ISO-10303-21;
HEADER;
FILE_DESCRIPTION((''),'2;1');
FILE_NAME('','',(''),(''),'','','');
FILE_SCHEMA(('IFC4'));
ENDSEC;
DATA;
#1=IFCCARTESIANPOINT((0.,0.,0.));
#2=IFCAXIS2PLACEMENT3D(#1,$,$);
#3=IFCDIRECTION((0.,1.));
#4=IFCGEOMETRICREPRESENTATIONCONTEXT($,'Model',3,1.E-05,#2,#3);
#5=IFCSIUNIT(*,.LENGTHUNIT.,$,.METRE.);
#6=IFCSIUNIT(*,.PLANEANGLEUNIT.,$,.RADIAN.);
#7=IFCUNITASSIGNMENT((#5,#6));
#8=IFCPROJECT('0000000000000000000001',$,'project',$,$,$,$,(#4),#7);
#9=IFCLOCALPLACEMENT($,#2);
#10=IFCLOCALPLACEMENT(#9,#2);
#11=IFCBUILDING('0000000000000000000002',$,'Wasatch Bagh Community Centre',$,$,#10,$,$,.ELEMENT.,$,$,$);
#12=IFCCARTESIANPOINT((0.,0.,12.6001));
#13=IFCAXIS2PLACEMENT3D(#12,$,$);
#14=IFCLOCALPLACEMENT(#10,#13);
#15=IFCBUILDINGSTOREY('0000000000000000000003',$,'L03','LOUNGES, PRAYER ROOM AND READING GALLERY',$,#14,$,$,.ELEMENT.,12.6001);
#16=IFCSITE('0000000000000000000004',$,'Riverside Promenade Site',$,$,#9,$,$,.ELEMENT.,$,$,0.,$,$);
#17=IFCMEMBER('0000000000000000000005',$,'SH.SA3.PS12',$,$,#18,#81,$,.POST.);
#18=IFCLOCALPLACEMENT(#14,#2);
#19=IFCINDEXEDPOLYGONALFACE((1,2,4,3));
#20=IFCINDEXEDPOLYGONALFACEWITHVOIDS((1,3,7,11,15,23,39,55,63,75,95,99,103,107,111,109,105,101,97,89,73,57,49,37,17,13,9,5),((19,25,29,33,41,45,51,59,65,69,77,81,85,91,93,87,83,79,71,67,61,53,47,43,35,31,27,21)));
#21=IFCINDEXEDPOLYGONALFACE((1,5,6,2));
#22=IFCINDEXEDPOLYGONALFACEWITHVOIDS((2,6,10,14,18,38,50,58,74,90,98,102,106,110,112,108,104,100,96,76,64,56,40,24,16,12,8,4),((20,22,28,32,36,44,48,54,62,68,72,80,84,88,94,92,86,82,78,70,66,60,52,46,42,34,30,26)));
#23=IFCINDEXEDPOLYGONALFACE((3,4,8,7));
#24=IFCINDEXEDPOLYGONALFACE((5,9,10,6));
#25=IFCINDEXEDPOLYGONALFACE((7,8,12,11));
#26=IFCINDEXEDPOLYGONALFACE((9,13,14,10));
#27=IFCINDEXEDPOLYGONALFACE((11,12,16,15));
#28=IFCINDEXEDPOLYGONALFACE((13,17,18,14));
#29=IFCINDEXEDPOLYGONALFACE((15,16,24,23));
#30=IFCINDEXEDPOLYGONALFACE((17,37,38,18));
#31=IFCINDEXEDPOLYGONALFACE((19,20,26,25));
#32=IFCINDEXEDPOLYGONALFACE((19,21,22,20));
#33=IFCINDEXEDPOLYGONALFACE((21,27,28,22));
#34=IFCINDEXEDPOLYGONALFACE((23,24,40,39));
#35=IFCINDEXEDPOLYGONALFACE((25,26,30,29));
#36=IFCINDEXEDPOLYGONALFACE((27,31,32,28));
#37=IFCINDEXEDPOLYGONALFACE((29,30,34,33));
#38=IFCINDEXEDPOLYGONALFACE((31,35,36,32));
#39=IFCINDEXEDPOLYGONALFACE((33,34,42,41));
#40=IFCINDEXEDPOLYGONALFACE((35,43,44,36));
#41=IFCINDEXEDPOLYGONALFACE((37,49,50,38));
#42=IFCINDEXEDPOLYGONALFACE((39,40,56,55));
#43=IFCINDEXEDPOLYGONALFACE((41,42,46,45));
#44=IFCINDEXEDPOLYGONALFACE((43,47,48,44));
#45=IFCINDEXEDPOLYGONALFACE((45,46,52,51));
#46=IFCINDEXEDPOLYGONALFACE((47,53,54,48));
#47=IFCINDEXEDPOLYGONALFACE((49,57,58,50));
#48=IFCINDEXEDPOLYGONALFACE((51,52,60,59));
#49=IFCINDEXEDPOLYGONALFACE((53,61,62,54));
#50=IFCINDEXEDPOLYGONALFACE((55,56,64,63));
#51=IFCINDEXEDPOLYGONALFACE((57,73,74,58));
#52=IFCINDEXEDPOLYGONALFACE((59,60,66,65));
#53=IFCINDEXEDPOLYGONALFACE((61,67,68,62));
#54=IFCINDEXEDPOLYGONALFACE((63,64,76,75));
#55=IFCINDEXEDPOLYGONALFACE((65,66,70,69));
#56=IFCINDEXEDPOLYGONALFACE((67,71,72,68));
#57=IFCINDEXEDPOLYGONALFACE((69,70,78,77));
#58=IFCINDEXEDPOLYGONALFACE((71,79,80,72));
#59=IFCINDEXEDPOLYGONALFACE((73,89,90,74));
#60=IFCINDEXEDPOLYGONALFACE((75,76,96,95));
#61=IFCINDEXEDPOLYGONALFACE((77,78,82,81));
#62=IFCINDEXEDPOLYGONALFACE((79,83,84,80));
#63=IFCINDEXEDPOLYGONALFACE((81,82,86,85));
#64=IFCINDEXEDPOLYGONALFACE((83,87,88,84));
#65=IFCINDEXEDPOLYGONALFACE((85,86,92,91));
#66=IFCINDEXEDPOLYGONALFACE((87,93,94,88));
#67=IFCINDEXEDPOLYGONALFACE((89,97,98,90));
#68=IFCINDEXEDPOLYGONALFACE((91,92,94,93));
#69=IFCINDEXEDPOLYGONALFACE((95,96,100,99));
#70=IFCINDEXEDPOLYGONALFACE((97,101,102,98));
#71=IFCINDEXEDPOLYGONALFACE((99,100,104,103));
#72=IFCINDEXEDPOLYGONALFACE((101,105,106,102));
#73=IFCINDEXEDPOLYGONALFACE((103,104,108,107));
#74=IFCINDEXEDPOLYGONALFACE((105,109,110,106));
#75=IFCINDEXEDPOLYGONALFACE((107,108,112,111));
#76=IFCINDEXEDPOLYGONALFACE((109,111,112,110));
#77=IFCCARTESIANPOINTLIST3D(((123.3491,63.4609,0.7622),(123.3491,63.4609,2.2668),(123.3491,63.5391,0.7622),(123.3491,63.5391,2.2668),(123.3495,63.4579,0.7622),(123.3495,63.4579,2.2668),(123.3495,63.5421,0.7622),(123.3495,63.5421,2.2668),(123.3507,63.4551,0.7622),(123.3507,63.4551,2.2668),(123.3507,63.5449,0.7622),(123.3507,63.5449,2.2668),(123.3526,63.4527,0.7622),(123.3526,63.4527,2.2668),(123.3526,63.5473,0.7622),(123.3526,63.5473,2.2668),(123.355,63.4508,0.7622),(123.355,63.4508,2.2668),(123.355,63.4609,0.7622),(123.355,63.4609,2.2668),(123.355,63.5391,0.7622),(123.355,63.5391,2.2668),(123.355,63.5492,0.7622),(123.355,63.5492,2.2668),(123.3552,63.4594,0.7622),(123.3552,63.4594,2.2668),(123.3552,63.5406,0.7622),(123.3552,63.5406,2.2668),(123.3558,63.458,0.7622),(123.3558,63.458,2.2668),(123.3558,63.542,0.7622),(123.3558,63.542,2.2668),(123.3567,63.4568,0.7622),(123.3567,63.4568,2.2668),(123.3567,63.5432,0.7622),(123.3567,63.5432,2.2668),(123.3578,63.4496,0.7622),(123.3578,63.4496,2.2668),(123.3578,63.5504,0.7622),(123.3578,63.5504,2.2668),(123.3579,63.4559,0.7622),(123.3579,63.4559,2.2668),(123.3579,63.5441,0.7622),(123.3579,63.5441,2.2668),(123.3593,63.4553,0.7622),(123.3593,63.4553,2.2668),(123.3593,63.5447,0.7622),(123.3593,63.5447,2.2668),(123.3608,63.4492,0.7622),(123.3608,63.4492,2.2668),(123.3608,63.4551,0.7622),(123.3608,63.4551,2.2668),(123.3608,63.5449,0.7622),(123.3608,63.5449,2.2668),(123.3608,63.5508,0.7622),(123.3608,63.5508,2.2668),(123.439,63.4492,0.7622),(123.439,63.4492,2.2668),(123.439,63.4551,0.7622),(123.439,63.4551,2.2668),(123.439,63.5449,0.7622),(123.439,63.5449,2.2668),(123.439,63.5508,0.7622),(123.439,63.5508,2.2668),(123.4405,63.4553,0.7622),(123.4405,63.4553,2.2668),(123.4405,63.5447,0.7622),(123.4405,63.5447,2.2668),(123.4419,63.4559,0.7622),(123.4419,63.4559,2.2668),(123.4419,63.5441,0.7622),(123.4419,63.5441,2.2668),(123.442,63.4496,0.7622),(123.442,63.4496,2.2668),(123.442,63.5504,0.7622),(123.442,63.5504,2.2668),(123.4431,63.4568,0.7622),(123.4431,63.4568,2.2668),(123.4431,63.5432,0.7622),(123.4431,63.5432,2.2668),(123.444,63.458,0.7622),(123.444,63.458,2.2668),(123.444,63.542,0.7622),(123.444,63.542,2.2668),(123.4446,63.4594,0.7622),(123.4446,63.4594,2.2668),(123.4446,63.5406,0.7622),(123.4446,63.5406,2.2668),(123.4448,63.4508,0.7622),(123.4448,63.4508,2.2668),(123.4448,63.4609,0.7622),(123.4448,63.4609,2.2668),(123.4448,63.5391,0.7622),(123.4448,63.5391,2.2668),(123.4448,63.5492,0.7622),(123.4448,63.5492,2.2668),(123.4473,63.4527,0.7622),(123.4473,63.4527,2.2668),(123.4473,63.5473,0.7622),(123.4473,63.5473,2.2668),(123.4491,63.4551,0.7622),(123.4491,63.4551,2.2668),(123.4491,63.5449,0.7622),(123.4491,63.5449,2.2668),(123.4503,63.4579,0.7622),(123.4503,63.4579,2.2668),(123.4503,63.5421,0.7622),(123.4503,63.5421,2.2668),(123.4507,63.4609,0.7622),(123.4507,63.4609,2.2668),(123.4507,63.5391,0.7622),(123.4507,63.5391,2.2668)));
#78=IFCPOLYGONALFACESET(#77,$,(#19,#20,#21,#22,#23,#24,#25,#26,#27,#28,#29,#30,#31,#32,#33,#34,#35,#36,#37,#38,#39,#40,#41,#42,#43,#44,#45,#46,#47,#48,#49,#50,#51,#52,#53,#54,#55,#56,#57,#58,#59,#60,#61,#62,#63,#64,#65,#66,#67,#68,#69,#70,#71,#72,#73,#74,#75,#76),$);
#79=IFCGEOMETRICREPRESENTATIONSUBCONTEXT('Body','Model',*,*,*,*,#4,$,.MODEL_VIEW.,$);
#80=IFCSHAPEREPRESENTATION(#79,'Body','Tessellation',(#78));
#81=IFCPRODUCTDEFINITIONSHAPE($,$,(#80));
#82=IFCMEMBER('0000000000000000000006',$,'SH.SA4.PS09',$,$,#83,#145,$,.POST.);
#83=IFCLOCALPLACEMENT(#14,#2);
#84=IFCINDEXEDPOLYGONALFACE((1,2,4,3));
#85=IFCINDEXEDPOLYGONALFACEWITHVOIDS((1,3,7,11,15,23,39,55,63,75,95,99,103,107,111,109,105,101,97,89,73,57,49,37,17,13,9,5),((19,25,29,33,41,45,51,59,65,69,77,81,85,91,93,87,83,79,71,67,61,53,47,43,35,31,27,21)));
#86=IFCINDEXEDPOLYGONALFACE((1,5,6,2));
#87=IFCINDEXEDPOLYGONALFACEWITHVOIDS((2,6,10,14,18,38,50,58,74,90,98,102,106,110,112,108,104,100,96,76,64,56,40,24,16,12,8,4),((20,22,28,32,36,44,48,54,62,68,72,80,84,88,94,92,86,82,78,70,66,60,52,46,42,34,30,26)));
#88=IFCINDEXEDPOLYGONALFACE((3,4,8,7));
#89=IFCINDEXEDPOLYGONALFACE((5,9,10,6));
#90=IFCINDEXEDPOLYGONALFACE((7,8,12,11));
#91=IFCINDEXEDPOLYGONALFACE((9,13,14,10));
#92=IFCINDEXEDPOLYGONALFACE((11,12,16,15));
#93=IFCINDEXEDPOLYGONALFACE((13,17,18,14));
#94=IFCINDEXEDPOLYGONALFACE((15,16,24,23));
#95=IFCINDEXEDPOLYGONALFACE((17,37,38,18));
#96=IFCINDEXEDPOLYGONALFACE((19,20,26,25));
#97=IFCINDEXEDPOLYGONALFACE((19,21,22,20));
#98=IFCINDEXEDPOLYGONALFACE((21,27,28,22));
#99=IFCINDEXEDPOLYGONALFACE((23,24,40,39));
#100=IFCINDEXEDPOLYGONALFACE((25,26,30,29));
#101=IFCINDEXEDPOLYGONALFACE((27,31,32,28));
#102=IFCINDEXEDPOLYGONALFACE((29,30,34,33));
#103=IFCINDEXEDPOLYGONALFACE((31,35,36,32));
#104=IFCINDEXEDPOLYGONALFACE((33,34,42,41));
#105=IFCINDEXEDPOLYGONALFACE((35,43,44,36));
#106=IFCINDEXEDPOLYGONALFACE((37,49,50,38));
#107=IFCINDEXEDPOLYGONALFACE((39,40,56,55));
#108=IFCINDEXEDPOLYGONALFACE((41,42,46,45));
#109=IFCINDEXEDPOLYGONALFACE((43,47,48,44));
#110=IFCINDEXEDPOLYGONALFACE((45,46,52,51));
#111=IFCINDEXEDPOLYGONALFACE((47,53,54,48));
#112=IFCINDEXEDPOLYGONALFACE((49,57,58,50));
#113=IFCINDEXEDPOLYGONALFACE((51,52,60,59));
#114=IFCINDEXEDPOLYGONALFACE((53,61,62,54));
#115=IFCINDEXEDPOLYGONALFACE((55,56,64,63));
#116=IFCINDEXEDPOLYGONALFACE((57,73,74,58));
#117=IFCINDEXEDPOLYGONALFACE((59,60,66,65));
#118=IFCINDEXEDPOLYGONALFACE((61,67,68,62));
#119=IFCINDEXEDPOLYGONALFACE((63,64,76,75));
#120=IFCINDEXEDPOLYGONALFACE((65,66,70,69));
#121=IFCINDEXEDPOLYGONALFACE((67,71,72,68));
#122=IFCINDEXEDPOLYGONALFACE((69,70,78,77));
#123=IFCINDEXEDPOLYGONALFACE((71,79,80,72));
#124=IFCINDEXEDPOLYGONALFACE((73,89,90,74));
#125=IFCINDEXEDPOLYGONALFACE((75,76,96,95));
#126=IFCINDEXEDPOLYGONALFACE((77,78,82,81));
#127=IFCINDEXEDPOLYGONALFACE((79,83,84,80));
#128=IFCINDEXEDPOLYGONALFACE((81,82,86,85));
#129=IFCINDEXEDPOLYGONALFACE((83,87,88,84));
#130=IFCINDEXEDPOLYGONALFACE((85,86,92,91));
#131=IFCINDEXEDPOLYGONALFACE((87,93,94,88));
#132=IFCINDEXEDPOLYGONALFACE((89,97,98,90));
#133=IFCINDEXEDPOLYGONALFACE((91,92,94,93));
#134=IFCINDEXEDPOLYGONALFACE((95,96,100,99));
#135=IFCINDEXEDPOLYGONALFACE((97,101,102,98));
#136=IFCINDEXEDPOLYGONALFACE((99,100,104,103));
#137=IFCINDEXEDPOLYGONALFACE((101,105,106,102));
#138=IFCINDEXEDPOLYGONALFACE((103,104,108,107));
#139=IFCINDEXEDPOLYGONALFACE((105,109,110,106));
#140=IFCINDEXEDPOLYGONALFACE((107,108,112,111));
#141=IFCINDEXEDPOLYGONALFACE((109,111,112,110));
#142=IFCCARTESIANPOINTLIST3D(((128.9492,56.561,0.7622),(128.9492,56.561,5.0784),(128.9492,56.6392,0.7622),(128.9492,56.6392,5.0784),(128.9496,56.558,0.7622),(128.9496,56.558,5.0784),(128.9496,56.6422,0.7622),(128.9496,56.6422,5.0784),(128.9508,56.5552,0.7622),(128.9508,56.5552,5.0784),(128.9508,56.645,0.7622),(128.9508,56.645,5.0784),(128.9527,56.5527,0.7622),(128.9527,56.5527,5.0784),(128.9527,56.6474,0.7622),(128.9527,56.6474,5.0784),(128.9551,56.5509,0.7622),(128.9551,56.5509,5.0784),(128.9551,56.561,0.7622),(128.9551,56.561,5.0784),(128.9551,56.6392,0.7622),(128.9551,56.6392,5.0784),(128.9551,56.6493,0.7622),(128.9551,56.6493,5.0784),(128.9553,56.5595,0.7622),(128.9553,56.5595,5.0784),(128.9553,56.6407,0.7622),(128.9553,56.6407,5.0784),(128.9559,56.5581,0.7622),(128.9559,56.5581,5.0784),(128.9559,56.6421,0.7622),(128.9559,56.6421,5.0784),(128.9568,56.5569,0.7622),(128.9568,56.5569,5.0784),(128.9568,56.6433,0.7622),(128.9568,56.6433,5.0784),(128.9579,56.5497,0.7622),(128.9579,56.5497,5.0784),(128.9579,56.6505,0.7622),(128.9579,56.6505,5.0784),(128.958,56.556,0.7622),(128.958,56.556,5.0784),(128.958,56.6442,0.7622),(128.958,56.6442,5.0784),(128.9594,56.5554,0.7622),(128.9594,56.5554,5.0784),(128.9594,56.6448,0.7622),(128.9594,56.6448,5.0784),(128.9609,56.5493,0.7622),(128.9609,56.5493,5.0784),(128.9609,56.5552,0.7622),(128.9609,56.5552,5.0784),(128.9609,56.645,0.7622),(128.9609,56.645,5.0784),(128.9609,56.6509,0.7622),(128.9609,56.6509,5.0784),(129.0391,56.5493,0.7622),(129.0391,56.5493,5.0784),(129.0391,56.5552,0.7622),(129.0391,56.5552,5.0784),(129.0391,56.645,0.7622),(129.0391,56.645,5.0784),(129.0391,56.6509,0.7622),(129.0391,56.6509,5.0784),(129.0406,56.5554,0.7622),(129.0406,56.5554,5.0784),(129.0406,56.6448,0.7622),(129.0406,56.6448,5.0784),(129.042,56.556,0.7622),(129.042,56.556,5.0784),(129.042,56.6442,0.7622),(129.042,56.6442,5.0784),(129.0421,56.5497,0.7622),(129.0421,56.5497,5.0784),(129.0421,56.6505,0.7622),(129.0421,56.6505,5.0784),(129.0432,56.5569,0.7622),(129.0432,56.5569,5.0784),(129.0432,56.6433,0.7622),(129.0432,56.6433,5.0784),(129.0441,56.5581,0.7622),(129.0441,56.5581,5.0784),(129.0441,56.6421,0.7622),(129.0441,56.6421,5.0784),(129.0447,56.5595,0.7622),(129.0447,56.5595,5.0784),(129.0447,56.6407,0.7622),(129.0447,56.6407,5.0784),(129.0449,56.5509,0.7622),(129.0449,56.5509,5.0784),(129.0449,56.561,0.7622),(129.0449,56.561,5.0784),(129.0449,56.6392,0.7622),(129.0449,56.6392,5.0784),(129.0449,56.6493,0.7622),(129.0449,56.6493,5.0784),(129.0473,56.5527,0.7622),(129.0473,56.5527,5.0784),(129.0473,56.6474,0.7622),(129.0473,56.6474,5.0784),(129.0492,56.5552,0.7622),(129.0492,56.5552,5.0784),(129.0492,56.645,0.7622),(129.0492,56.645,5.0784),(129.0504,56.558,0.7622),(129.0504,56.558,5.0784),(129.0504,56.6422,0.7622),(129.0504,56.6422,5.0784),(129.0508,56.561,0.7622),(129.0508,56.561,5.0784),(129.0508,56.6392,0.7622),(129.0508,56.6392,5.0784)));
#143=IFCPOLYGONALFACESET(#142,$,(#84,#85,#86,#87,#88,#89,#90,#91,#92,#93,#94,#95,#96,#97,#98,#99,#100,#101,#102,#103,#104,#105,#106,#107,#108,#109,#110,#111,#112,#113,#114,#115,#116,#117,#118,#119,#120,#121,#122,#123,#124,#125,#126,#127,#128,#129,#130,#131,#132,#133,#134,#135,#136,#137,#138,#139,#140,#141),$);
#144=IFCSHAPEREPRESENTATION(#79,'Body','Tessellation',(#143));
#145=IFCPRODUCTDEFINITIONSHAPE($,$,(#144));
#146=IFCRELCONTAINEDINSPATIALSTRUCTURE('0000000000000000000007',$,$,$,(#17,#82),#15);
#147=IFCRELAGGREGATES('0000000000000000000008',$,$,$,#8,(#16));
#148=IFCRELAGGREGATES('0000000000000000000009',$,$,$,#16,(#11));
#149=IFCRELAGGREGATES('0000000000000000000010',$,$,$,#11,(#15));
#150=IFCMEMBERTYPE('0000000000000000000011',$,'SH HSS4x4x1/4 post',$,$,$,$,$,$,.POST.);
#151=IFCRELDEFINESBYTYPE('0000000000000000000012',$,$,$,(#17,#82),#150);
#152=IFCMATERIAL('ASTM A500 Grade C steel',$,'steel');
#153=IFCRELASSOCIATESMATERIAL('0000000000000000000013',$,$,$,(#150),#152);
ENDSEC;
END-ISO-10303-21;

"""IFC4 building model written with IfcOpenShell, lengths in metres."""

from ifc_helpers import new_model, si_unit, direction, frame, origin, origin_2d, place, context, subcontext, project, spatial, hollow_rectangle, extrude, material, material_profile, profile_set, type_object, element, save


model = new_model("IFC4")

# Units and contexts
model_context = context("Model", 3, precision=1e-05, world=origin(), true_north=direction((0.0, 1.0)))
body_context = subcontext(model_context, "Body", "Model", "MODEL_VIEW")
ifc_project = project(units=[si_unit("LENGTHUNIT", "METRE"), si_unit("PLANEANGLEUNIT", "RADIAN")], contexts=[model_context])

# Site, building, storey
site_placement = place(None, origin())
site = spatial("IfcSite", under=ifc_project, at=site_placement, Name="Riverside Promenade Site", CompositionType="ELEMENT", RefElevation=0.0)
building_placement = place(site_placement, origin())
building = spatial("IfcBuilding", under=site, at=building_placement, Name="Wasatch Bagh Community Centre", CompositionType="ELEMENT")
storey_placement = place(building_placement, frame((0.0, 0.0, 12.6001)))
storey = spatial("IfcBuildingStorey", under=building, at=storey_placement, Name="L03", Description="LOUNGES, PRAYER ROOM AND READING GALLERY", CompositionType="ELEMENT", Elevation=12.6001)

# Members
ifc_material_1 = material(Name="ASTM A500 Grade C steel", Category="steel")
ifc_material_profile_1 = material_profile(ifc_material_1, hollow_rectangle(XDim=0.1016, YDim=0.1016, WallThickness=0.0059, InnerFilletRadius=0.0059, OuterFilletRadius=0.0117, at=origin_2d()), Name="HSS4x4x1/4")
ifc_profile_set_1 = profile_set([ifc_material_profile_1], Name="ASTM A500 Grade C steel")
member_type_1 = type_object("IfcMemberType", Name="SH HSS4x4x1/4 post", PredefinedType="POST", material=ifc_profile_set_1)
member_1_placement = place(storey_placement, frame((123.3999, 63.5, 0.7622), z_axis=(0.0, 0.0, 1.0), x_axis=(1.0, 0.0, 0.0)))
element("IfcMember", 1, at=member_1_placement, inside=storey, type_object=member_type_1, Name="SH.SA3.PS12", PredefinedType="POST", context=body_context, shape_type="SweptSolid", body=[
    extrude(hollow_rectangle(XDim=0.1016, YDim=0.1016, WallThickness=0.0059, InnerFilletRadius=0.0059, OuterFilletRadius=0.0117, at=origin_2d()), origin(), (0.0, 0.0, 1.0), 1.5046),
])
member_2_placement = place(storey_placement, frame((129.0, 56.6001, 0.7622), z_axis=(0.0, 0.0, 1.0), x_axis=(1.0, 0.0, 0.0)))
element("IfcMember", 2, at=member_2_placement, inside=storey, type_object=member_type_1, Name="SH.SA4.PS09", PredefinedType="POST", context=body_context, shape_type="SweptSolid", body=[
    extrude(hollow_rectangle(XDim=0.1016, YDim=0.1016, WallThickness=0.0059, InnerFilletRadius=0.0059, OuterFilletRadius=0.0117, at=origin_2d()), origin(), (0.0, 0.0, 1.0), 4.3162),
])

save(model, "model.ifc")
